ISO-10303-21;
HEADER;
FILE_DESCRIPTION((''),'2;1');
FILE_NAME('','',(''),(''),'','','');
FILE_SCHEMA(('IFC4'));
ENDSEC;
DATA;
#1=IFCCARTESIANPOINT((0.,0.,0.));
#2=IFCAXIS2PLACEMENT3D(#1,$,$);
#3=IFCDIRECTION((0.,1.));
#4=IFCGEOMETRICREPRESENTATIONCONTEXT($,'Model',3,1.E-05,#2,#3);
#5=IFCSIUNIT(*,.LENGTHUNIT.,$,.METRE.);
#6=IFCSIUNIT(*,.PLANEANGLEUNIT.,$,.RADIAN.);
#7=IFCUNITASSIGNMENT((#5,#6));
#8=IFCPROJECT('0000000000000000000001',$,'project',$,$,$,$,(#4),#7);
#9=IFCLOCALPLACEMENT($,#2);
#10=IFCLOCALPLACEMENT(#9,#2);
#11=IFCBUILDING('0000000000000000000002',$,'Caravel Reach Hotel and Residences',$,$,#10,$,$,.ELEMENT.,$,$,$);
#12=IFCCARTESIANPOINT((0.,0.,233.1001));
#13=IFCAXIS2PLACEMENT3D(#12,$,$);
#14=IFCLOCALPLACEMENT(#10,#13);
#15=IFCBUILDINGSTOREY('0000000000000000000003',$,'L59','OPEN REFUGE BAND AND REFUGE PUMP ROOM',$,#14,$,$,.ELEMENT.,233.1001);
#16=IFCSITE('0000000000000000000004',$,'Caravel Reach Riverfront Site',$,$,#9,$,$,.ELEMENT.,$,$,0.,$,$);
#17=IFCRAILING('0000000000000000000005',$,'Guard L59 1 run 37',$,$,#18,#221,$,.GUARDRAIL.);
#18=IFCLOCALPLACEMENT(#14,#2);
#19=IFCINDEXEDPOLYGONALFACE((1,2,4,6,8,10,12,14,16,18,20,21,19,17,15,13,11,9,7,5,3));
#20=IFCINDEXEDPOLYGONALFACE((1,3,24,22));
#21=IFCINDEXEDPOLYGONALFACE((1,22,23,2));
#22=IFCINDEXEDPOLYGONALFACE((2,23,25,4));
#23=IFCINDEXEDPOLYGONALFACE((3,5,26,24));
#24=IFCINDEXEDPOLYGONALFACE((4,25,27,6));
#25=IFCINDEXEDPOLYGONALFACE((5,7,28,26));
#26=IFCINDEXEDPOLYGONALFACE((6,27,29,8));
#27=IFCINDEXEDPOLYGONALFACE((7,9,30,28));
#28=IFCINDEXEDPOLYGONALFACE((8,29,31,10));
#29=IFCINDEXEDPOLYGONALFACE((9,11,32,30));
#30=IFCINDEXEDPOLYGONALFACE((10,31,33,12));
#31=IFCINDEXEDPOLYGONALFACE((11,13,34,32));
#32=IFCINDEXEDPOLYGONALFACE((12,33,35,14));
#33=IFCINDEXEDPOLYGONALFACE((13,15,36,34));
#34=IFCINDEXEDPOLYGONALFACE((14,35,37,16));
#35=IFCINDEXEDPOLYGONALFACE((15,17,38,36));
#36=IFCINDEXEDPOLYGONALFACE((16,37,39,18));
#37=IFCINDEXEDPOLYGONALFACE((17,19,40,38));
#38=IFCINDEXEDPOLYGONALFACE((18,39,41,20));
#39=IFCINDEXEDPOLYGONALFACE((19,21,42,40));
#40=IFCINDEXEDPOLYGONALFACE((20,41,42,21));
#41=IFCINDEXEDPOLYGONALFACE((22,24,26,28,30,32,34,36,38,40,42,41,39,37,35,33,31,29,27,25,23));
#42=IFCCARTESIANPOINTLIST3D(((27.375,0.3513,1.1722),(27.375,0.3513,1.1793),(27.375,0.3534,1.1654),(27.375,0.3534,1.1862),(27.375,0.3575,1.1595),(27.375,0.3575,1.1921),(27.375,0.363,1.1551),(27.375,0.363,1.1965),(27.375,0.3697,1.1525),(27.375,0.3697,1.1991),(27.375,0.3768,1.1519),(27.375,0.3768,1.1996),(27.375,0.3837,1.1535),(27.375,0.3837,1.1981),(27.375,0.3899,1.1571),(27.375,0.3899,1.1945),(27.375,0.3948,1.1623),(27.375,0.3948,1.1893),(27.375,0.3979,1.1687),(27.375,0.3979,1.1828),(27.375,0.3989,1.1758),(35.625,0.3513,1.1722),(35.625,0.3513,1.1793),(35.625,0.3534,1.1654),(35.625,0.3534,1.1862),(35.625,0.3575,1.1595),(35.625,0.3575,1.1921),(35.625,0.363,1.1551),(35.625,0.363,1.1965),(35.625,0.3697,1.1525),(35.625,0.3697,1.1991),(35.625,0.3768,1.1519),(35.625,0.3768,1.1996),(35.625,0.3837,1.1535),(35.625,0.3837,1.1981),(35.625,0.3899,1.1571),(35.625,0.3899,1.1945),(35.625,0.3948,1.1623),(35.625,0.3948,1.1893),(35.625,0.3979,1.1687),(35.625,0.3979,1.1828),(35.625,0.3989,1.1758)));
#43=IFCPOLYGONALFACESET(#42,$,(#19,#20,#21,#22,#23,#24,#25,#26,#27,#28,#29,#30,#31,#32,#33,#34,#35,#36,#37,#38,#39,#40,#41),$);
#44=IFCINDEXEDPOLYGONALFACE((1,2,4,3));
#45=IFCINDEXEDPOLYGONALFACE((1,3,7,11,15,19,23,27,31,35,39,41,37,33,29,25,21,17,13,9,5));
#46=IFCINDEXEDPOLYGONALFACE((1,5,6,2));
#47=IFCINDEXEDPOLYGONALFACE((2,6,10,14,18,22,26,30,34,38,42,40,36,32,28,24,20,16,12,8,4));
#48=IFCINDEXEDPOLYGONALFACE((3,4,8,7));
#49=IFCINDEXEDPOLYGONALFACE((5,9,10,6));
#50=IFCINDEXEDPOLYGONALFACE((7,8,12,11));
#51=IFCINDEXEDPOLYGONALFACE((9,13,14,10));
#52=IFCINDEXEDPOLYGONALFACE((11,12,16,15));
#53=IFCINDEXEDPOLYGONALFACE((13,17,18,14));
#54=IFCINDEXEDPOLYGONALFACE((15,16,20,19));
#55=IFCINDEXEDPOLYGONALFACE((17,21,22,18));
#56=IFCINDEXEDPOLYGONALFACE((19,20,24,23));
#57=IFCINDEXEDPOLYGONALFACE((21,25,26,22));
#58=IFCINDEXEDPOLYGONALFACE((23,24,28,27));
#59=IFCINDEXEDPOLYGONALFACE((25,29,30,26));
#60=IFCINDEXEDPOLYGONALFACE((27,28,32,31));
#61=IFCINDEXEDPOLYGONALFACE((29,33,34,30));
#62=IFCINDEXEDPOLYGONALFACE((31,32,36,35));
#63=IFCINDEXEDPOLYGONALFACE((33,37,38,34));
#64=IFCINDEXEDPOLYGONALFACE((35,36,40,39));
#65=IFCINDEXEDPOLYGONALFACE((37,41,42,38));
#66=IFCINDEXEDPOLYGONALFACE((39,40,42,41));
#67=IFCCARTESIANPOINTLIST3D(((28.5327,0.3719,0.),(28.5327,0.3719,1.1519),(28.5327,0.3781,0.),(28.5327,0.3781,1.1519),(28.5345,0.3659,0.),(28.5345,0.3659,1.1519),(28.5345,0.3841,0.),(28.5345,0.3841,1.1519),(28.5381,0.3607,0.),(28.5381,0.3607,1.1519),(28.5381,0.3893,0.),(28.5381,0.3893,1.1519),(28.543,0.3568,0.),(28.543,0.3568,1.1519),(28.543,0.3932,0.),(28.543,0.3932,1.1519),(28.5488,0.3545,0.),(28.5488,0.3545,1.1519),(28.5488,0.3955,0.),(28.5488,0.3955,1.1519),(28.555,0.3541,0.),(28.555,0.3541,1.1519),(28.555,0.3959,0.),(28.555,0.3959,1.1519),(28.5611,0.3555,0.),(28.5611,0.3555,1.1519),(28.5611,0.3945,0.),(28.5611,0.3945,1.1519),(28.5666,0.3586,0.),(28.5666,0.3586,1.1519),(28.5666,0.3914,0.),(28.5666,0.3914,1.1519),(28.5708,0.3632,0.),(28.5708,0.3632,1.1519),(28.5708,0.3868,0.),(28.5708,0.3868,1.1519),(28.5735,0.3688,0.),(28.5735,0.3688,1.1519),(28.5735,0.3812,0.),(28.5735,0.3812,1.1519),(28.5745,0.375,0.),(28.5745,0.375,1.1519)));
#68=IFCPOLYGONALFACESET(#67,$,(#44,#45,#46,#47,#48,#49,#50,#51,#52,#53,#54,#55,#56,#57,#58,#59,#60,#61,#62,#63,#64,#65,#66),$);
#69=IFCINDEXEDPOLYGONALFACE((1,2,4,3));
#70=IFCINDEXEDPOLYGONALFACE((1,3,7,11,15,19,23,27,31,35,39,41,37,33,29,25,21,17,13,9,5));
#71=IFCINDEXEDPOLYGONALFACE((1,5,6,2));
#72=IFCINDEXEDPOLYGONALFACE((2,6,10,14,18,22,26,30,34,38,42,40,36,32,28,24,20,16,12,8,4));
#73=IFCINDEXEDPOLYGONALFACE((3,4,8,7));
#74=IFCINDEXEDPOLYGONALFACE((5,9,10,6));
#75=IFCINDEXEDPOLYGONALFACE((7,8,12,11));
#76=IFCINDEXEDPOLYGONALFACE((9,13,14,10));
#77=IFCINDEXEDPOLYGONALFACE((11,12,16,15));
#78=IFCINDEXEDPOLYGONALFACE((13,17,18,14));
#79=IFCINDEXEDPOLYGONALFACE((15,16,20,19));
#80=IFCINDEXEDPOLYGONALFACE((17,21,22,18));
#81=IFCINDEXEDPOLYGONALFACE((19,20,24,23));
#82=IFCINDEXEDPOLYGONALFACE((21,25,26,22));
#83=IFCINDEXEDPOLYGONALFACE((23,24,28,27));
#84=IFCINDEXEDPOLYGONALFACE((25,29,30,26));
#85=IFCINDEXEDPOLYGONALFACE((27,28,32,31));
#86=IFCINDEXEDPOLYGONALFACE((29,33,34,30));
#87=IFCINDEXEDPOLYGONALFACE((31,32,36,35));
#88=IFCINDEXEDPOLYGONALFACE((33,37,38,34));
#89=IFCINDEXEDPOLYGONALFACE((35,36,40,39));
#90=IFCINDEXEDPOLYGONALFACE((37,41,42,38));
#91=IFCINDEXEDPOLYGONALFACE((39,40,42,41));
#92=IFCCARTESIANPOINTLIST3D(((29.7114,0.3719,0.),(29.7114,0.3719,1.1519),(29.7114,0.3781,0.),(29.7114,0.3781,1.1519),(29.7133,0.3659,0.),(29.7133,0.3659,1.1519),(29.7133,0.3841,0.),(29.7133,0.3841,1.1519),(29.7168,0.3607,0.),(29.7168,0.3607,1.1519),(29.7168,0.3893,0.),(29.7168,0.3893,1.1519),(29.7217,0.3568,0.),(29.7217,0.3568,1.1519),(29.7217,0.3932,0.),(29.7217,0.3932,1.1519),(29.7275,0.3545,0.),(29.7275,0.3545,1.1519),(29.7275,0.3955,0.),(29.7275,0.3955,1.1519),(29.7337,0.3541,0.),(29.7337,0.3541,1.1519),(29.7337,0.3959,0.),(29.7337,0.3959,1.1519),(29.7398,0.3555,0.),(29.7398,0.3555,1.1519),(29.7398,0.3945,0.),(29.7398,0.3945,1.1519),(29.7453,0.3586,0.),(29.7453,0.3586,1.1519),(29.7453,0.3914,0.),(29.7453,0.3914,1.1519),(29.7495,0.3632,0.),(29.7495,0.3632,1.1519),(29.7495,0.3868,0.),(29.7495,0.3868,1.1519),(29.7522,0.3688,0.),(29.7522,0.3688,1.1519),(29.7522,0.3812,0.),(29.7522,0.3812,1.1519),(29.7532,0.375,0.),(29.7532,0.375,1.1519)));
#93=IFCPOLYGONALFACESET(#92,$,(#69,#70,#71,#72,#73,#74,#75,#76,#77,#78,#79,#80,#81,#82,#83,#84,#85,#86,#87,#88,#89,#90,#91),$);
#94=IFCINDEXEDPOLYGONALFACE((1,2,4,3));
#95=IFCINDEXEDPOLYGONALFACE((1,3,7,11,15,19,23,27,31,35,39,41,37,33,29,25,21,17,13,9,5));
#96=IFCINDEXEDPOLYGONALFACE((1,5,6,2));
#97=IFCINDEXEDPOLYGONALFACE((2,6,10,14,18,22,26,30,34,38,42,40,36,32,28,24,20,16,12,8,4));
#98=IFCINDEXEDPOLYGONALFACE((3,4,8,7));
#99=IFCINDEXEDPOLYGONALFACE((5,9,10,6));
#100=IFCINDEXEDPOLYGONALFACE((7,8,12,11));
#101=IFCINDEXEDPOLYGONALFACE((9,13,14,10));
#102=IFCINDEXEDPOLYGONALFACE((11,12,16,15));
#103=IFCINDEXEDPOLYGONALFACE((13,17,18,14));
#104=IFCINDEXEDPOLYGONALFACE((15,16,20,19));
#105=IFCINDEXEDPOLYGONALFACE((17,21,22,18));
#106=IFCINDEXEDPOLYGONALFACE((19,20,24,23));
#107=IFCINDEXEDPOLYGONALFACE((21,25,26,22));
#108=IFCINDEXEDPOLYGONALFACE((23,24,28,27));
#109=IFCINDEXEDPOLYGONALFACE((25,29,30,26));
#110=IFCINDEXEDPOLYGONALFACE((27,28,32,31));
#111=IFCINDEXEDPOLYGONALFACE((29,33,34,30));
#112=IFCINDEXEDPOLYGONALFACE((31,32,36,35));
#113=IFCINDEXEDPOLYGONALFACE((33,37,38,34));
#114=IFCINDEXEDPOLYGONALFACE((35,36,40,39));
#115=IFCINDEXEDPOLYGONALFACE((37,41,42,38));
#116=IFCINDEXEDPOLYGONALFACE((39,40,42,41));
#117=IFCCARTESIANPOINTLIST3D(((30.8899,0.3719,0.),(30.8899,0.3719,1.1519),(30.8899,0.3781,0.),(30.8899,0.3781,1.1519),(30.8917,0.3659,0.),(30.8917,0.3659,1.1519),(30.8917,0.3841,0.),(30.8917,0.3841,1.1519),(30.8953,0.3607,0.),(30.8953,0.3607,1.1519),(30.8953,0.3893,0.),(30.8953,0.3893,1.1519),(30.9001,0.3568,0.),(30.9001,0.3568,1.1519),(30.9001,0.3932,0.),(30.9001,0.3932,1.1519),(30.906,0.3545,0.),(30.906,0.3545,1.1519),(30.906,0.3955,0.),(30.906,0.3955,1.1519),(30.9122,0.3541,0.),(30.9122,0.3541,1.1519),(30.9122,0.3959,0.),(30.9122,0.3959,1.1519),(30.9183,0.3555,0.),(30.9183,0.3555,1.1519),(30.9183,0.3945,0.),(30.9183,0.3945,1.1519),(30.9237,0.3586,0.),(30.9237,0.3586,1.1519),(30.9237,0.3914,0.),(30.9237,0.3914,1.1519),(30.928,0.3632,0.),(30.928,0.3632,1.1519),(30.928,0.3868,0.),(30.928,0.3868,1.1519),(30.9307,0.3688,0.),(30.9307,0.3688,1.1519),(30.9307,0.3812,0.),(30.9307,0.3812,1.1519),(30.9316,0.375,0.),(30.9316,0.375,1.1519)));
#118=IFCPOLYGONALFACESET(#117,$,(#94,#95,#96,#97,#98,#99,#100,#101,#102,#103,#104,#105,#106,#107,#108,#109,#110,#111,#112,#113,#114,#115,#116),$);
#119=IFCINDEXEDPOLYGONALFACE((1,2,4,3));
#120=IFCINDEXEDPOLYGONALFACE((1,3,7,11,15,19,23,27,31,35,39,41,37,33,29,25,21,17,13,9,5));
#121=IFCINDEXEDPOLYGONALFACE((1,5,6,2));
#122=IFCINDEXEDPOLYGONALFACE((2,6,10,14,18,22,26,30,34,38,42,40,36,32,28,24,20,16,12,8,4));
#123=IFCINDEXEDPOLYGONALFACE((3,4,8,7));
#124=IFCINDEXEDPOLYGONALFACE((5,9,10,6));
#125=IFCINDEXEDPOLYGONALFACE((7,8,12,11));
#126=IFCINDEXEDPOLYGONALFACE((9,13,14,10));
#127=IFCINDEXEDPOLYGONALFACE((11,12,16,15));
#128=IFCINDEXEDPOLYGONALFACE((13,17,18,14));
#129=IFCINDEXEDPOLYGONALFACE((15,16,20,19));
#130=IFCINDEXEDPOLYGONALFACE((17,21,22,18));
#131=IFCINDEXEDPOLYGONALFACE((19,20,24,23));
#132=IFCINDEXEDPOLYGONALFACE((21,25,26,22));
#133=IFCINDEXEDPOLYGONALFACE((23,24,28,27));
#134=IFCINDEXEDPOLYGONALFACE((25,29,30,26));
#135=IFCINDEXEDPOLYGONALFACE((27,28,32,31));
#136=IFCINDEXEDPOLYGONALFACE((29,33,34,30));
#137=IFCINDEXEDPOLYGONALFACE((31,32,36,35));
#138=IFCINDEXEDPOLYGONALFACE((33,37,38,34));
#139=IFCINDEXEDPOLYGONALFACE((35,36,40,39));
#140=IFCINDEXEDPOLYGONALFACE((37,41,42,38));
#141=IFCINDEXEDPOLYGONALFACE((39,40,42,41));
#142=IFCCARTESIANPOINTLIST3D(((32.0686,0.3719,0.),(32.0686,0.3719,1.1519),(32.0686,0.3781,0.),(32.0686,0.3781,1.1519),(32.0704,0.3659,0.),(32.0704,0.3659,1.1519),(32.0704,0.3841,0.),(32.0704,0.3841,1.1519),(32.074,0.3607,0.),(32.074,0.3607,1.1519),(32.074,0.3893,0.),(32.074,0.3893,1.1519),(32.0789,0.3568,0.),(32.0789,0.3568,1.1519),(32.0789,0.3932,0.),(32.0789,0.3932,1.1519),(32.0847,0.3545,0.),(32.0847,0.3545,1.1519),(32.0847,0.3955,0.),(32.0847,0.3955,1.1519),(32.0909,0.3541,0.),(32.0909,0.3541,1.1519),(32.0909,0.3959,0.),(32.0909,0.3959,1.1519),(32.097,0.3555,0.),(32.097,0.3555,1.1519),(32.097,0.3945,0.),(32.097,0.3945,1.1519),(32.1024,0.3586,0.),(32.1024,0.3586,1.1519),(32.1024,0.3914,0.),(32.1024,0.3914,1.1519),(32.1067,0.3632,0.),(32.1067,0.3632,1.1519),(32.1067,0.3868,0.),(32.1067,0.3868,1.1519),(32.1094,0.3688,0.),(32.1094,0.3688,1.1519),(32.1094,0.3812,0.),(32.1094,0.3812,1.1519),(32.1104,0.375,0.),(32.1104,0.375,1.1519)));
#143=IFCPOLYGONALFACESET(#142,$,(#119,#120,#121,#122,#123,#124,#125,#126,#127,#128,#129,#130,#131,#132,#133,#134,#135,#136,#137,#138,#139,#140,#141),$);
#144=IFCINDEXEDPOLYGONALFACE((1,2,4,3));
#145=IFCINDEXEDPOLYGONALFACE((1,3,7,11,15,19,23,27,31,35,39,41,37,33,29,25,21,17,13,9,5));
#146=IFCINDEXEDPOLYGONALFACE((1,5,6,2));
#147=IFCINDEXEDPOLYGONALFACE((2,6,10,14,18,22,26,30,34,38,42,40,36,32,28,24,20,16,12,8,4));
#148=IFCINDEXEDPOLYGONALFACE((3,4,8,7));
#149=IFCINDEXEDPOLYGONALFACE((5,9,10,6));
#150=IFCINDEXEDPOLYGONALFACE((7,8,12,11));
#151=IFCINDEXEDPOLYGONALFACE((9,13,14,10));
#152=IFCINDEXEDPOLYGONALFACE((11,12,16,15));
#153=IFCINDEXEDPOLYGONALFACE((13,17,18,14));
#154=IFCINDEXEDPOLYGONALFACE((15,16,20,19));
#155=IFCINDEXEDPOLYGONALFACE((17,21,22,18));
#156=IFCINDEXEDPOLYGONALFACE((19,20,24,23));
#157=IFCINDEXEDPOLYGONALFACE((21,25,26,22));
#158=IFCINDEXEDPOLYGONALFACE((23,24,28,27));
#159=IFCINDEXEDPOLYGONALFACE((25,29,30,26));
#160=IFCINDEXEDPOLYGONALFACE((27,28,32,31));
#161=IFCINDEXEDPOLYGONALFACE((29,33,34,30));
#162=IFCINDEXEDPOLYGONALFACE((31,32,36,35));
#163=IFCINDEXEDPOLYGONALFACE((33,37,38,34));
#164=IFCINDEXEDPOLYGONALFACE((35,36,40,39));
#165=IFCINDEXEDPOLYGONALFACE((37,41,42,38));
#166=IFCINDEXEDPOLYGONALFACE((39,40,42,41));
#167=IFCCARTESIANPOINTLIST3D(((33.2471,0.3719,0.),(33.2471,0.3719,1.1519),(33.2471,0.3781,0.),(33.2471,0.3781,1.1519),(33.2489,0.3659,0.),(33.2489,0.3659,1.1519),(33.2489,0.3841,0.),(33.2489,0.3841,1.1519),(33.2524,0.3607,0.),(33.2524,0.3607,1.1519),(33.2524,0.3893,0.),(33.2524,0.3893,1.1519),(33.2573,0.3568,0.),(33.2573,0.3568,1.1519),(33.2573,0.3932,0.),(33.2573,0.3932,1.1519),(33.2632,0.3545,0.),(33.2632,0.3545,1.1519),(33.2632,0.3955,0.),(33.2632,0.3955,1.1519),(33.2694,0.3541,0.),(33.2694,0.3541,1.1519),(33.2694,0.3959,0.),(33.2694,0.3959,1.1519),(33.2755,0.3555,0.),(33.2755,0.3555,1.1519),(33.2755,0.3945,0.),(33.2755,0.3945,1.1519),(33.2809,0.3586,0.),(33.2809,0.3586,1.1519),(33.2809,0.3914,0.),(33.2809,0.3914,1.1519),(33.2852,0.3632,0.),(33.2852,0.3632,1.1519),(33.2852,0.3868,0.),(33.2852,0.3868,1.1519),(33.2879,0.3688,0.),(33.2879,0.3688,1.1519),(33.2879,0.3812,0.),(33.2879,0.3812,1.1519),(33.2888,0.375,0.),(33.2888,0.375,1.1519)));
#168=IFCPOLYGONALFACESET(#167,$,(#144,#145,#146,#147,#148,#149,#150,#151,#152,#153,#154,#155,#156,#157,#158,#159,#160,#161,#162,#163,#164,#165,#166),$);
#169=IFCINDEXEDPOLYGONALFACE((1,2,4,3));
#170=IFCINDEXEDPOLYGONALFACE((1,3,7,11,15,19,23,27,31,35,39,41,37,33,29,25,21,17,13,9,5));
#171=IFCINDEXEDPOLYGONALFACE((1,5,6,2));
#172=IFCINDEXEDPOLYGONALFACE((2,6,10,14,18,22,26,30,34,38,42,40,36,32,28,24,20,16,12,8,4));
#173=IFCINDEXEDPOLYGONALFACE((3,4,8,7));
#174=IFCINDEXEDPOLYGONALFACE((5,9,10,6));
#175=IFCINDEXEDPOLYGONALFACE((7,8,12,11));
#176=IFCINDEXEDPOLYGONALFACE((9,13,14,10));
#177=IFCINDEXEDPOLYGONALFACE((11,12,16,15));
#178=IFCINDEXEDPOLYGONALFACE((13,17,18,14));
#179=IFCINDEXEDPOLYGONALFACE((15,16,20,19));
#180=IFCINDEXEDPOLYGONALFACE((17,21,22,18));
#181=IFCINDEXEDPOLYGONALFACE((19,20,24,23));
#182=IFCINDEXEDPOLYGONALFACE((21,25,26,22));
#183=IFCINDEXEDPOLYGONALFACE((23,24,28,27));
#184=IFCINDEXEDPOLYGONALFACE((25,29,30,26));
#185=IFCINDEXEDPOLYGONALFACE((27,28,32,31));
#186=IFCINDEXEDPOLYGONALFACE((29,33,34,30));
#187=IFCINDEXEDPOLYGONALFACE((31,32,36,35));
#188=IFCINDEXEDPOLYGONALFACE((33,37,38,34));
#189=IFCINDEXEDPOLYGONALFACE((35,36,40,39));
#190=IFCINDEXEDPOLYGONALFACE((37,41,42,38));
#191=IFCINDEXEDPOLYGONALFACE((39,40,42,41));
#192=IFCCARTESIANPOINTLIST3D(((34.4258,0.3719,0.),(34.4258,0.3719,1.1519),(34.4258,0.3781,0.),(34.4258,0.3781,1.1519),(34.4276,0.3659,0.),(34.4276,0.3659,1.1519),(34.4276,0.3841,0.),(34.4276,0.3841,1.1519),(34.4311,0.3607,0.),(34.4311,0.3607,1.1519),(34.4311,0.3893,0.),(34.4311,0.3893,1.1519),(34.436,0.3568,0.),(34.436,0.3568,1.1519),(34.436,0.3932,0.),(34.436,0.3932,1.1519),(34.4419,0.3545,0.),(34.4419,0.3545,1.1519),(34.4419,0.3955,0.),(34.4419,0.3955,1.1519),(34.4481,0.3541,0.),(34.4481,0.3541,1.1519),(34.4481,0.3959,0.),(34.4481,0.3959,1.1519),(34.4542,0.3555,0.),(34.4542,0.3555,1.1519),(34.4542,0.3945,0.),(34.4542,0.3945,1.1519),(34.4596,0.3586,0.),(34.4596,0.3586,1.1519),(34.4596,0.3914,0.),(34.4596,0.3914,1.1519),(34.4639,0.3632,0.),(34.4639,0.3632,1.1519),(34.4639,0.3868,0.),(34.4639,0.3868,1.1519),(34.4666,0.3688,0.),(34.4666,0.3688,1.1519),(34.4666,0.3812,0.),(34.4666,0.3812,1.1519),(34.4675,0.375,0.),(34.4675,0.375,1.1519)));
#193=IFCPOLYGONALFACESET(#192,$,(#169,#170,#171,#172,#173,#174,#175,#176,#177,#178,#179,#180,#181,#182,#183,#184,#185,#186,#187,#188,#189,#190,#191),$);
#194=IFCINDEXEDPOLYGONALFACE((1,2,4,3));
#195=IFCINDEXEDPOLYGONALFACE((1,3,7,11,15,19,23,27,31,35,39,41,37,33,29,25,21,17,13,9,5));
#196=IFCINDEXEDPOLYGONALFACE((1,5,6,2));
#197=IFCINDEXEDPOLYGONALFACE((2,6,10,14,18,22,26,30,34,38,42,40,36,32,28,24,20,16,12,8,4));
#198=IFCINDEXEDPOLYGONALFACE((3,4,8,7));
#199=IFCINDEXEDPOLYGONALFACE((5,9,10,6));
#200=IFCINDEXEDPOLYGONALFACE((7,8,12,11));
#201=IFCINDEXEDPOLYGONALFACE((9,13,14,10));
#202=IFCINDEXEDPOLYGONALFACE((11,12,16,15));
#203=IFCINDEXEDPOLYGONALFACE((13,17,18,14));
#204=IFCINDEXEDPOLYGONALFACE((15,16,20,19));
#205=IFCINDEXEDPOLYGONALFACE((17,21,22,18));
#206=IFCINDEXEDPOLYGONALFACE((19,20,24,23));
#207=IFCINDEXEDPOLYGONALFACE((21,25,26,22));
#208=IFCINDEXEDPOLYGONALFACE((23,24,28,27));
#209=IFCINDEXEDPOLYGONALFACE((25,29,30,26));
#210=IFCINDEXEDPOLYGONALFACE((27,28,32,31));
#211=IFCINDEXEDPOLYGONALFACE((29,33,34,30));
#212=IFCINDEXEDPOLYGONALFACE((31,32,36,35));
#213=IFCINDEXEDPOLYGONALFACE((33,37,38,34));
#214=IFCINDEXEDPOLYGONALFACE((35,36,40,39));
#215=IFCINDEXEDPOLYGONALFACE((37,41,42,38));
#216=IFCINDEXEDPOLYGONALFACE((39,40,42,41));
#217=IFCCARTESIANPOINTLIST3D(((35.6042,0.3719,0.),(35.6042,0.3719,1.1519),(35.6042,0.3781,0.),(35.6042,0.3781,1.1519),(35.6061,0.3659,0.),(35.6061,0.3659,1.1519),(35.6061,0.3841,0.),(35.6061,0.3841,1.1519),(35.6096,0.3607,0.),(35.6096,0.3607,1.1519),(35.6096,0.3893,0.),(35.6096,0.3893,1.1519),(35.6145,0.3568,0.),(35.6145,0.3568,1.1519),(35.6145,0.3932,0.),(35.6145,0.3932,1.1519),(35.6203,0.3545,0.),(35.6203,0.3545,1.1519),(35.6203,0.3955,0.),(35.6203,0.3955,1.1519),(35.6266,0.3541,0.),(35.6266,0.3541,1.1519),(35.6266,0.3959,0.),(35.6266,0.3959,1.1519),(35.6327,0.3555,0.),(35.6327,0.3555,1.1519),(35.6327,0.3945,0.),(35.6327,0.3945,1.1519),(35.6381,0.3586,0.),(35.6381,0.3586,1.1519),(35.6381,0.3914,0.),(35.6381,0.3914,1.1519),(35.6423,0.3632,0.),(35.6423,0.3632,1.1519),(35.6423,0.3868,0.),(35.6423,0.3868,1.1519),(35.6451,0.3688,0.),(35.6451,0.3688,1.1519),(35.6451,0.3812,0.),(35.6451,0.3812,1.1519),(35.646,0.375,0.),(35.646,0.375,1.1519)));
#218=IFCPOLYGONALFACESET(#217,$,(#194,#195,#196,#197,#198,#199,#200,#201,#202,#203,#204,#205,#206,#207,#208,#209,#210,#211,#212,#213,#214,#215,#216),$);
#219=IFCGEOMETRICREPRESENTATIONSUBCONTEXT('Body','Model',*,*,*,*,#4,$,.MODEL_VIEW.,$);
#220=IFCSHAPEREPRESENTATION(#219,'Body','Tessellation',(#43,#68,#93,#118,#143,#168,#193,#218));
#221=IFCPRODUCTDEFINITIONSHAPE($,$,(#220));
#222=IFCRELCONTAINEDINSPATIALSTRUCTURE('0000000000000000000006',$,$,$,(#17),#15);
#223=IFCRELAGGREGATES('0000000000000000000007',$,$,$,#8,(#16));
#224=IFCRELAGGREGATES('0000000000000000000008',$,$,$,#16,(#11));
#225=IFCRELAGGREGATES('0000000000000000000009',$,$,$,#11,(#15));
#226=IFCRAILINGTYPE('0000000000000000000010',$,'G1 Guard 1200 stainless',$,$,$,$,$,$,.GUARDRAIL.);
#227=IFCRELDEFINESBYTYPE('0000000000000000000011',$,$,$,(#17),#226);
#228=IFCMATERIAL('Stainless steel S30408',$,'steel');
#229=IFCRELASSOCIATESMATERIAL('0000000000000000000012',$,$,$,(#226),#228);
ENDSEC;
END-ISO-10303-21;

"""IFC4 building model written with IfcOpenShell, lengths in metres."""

from ifc_helpers import new_model, si_unit, direction, frame, origin, origin_2d, place, context, subcontext, project, spatial, circle, extrude, material, type_object, element, save


model = new_model("IFC4")

# Units and contexts
model_context = context("Model", 3, precision=1e-05, world=origin(), true_north=direction((0.0, 1.0)))
body_context = subcontext(model_context, "Body", "Model", "MODEL_VIEW")
ifc_project = project(units=[si_unit("LENGTHUNIT", "METRE"), si_unit("PLANEANGLEUNIT", "RADIAN")], contexts=[model_context])

# Site, building, storey
site_placement = place(None, origin())
site = spatial("IfcSite", under=ifc_project, at=site_placement, Name="Caravel Reach Riverfront Site", CompositionType="ELEMENT", RefElevation=0.0)
building_placement = place(site_placement, origin())
building = spatial("IfcBuilding", under=site, at=building_placement, Name="Caravel Reach Hotel and Residences", CompositionType="ELEMENT")
storey_placement = place(building_placement, frame((0.0, 0.0, 233.1001)))
storey = spatial("IfcBuildingStorey", under=building, at=storey_placement, Name="L59", Description="OPEN REFUGE BAND AND REFUGE PUMP ROOM", CompositionType="ELEMENT", Elevation=233.1001)

# Railing
ifc_material_1 = material(Name="Stainless steel S30408", Category="steel")
railing_type = type_object("IfcRailingType", Name="G1 Guard 1200 stainless", PredefinedType="GUARDRAIL", material=ifc_material_1)
railing_1_placement = place(storey_placement, frame((27.375, 0.375, 0.0)))
element("IfcRailing", 1, at=railing_1_placement, inside=storey, type_object=railing_type, Name="Guard L59 1 run 37", PredefinedType="GUARDRAIL", context=body_context, shape_type="SweptSolid", body=[
    extrude(circle(Radius=0.0239, at=origin_2d()), frame((0.0, 0.0, 1.1758), z_axis=(1.0, 0.0, 0.0), x_axis=(0.0, 1.0, 0.0)), (0.0, 0.0, 1.0), 8.25),
    extrude(circle(Radius=0.021, at=origin_2d()), frame((1.1785, 0.0, 0.0)), (0.0, 0.0, 1.0), 1.1519),
    extrude(circle(Radius=0.021, at=origin_2d()), frame((2.3572, 0.0, 0.0)), (0.0, 0.0, 1.0), 1.1519),
    extrude(circle(Radius=0.021, at=origin_2d()), frame((3.5356, 0.0, 0.0)), (0.0, 0.0, 1.0), 1.1519),
    extrude(circle(Radius=0.021, at=origin_2d()), frame((4.7144, 0.0, 0.0)), (0.0, 0.0, 1.0), 1.1519),
    extrude(circle(Radius=0.021, at=origin_2d()), frame((5.8928, 0.0, 0.0)), (0.0, 0.0, 1.0), 1.1519),
    extrude(circle(Radius=0.021, at=origin_2d()), frame((7.0715, 0.0, 0.0)), (0.0, 0.0, 1.0), 1.1519),
    extrude(circle(Radius=0.021, at=origin_2d()), frame((8.25, 0.0, 0.0)), (0.0, 0.0, 1.0), 1.1519),
])

save(model, "model.ifc")
